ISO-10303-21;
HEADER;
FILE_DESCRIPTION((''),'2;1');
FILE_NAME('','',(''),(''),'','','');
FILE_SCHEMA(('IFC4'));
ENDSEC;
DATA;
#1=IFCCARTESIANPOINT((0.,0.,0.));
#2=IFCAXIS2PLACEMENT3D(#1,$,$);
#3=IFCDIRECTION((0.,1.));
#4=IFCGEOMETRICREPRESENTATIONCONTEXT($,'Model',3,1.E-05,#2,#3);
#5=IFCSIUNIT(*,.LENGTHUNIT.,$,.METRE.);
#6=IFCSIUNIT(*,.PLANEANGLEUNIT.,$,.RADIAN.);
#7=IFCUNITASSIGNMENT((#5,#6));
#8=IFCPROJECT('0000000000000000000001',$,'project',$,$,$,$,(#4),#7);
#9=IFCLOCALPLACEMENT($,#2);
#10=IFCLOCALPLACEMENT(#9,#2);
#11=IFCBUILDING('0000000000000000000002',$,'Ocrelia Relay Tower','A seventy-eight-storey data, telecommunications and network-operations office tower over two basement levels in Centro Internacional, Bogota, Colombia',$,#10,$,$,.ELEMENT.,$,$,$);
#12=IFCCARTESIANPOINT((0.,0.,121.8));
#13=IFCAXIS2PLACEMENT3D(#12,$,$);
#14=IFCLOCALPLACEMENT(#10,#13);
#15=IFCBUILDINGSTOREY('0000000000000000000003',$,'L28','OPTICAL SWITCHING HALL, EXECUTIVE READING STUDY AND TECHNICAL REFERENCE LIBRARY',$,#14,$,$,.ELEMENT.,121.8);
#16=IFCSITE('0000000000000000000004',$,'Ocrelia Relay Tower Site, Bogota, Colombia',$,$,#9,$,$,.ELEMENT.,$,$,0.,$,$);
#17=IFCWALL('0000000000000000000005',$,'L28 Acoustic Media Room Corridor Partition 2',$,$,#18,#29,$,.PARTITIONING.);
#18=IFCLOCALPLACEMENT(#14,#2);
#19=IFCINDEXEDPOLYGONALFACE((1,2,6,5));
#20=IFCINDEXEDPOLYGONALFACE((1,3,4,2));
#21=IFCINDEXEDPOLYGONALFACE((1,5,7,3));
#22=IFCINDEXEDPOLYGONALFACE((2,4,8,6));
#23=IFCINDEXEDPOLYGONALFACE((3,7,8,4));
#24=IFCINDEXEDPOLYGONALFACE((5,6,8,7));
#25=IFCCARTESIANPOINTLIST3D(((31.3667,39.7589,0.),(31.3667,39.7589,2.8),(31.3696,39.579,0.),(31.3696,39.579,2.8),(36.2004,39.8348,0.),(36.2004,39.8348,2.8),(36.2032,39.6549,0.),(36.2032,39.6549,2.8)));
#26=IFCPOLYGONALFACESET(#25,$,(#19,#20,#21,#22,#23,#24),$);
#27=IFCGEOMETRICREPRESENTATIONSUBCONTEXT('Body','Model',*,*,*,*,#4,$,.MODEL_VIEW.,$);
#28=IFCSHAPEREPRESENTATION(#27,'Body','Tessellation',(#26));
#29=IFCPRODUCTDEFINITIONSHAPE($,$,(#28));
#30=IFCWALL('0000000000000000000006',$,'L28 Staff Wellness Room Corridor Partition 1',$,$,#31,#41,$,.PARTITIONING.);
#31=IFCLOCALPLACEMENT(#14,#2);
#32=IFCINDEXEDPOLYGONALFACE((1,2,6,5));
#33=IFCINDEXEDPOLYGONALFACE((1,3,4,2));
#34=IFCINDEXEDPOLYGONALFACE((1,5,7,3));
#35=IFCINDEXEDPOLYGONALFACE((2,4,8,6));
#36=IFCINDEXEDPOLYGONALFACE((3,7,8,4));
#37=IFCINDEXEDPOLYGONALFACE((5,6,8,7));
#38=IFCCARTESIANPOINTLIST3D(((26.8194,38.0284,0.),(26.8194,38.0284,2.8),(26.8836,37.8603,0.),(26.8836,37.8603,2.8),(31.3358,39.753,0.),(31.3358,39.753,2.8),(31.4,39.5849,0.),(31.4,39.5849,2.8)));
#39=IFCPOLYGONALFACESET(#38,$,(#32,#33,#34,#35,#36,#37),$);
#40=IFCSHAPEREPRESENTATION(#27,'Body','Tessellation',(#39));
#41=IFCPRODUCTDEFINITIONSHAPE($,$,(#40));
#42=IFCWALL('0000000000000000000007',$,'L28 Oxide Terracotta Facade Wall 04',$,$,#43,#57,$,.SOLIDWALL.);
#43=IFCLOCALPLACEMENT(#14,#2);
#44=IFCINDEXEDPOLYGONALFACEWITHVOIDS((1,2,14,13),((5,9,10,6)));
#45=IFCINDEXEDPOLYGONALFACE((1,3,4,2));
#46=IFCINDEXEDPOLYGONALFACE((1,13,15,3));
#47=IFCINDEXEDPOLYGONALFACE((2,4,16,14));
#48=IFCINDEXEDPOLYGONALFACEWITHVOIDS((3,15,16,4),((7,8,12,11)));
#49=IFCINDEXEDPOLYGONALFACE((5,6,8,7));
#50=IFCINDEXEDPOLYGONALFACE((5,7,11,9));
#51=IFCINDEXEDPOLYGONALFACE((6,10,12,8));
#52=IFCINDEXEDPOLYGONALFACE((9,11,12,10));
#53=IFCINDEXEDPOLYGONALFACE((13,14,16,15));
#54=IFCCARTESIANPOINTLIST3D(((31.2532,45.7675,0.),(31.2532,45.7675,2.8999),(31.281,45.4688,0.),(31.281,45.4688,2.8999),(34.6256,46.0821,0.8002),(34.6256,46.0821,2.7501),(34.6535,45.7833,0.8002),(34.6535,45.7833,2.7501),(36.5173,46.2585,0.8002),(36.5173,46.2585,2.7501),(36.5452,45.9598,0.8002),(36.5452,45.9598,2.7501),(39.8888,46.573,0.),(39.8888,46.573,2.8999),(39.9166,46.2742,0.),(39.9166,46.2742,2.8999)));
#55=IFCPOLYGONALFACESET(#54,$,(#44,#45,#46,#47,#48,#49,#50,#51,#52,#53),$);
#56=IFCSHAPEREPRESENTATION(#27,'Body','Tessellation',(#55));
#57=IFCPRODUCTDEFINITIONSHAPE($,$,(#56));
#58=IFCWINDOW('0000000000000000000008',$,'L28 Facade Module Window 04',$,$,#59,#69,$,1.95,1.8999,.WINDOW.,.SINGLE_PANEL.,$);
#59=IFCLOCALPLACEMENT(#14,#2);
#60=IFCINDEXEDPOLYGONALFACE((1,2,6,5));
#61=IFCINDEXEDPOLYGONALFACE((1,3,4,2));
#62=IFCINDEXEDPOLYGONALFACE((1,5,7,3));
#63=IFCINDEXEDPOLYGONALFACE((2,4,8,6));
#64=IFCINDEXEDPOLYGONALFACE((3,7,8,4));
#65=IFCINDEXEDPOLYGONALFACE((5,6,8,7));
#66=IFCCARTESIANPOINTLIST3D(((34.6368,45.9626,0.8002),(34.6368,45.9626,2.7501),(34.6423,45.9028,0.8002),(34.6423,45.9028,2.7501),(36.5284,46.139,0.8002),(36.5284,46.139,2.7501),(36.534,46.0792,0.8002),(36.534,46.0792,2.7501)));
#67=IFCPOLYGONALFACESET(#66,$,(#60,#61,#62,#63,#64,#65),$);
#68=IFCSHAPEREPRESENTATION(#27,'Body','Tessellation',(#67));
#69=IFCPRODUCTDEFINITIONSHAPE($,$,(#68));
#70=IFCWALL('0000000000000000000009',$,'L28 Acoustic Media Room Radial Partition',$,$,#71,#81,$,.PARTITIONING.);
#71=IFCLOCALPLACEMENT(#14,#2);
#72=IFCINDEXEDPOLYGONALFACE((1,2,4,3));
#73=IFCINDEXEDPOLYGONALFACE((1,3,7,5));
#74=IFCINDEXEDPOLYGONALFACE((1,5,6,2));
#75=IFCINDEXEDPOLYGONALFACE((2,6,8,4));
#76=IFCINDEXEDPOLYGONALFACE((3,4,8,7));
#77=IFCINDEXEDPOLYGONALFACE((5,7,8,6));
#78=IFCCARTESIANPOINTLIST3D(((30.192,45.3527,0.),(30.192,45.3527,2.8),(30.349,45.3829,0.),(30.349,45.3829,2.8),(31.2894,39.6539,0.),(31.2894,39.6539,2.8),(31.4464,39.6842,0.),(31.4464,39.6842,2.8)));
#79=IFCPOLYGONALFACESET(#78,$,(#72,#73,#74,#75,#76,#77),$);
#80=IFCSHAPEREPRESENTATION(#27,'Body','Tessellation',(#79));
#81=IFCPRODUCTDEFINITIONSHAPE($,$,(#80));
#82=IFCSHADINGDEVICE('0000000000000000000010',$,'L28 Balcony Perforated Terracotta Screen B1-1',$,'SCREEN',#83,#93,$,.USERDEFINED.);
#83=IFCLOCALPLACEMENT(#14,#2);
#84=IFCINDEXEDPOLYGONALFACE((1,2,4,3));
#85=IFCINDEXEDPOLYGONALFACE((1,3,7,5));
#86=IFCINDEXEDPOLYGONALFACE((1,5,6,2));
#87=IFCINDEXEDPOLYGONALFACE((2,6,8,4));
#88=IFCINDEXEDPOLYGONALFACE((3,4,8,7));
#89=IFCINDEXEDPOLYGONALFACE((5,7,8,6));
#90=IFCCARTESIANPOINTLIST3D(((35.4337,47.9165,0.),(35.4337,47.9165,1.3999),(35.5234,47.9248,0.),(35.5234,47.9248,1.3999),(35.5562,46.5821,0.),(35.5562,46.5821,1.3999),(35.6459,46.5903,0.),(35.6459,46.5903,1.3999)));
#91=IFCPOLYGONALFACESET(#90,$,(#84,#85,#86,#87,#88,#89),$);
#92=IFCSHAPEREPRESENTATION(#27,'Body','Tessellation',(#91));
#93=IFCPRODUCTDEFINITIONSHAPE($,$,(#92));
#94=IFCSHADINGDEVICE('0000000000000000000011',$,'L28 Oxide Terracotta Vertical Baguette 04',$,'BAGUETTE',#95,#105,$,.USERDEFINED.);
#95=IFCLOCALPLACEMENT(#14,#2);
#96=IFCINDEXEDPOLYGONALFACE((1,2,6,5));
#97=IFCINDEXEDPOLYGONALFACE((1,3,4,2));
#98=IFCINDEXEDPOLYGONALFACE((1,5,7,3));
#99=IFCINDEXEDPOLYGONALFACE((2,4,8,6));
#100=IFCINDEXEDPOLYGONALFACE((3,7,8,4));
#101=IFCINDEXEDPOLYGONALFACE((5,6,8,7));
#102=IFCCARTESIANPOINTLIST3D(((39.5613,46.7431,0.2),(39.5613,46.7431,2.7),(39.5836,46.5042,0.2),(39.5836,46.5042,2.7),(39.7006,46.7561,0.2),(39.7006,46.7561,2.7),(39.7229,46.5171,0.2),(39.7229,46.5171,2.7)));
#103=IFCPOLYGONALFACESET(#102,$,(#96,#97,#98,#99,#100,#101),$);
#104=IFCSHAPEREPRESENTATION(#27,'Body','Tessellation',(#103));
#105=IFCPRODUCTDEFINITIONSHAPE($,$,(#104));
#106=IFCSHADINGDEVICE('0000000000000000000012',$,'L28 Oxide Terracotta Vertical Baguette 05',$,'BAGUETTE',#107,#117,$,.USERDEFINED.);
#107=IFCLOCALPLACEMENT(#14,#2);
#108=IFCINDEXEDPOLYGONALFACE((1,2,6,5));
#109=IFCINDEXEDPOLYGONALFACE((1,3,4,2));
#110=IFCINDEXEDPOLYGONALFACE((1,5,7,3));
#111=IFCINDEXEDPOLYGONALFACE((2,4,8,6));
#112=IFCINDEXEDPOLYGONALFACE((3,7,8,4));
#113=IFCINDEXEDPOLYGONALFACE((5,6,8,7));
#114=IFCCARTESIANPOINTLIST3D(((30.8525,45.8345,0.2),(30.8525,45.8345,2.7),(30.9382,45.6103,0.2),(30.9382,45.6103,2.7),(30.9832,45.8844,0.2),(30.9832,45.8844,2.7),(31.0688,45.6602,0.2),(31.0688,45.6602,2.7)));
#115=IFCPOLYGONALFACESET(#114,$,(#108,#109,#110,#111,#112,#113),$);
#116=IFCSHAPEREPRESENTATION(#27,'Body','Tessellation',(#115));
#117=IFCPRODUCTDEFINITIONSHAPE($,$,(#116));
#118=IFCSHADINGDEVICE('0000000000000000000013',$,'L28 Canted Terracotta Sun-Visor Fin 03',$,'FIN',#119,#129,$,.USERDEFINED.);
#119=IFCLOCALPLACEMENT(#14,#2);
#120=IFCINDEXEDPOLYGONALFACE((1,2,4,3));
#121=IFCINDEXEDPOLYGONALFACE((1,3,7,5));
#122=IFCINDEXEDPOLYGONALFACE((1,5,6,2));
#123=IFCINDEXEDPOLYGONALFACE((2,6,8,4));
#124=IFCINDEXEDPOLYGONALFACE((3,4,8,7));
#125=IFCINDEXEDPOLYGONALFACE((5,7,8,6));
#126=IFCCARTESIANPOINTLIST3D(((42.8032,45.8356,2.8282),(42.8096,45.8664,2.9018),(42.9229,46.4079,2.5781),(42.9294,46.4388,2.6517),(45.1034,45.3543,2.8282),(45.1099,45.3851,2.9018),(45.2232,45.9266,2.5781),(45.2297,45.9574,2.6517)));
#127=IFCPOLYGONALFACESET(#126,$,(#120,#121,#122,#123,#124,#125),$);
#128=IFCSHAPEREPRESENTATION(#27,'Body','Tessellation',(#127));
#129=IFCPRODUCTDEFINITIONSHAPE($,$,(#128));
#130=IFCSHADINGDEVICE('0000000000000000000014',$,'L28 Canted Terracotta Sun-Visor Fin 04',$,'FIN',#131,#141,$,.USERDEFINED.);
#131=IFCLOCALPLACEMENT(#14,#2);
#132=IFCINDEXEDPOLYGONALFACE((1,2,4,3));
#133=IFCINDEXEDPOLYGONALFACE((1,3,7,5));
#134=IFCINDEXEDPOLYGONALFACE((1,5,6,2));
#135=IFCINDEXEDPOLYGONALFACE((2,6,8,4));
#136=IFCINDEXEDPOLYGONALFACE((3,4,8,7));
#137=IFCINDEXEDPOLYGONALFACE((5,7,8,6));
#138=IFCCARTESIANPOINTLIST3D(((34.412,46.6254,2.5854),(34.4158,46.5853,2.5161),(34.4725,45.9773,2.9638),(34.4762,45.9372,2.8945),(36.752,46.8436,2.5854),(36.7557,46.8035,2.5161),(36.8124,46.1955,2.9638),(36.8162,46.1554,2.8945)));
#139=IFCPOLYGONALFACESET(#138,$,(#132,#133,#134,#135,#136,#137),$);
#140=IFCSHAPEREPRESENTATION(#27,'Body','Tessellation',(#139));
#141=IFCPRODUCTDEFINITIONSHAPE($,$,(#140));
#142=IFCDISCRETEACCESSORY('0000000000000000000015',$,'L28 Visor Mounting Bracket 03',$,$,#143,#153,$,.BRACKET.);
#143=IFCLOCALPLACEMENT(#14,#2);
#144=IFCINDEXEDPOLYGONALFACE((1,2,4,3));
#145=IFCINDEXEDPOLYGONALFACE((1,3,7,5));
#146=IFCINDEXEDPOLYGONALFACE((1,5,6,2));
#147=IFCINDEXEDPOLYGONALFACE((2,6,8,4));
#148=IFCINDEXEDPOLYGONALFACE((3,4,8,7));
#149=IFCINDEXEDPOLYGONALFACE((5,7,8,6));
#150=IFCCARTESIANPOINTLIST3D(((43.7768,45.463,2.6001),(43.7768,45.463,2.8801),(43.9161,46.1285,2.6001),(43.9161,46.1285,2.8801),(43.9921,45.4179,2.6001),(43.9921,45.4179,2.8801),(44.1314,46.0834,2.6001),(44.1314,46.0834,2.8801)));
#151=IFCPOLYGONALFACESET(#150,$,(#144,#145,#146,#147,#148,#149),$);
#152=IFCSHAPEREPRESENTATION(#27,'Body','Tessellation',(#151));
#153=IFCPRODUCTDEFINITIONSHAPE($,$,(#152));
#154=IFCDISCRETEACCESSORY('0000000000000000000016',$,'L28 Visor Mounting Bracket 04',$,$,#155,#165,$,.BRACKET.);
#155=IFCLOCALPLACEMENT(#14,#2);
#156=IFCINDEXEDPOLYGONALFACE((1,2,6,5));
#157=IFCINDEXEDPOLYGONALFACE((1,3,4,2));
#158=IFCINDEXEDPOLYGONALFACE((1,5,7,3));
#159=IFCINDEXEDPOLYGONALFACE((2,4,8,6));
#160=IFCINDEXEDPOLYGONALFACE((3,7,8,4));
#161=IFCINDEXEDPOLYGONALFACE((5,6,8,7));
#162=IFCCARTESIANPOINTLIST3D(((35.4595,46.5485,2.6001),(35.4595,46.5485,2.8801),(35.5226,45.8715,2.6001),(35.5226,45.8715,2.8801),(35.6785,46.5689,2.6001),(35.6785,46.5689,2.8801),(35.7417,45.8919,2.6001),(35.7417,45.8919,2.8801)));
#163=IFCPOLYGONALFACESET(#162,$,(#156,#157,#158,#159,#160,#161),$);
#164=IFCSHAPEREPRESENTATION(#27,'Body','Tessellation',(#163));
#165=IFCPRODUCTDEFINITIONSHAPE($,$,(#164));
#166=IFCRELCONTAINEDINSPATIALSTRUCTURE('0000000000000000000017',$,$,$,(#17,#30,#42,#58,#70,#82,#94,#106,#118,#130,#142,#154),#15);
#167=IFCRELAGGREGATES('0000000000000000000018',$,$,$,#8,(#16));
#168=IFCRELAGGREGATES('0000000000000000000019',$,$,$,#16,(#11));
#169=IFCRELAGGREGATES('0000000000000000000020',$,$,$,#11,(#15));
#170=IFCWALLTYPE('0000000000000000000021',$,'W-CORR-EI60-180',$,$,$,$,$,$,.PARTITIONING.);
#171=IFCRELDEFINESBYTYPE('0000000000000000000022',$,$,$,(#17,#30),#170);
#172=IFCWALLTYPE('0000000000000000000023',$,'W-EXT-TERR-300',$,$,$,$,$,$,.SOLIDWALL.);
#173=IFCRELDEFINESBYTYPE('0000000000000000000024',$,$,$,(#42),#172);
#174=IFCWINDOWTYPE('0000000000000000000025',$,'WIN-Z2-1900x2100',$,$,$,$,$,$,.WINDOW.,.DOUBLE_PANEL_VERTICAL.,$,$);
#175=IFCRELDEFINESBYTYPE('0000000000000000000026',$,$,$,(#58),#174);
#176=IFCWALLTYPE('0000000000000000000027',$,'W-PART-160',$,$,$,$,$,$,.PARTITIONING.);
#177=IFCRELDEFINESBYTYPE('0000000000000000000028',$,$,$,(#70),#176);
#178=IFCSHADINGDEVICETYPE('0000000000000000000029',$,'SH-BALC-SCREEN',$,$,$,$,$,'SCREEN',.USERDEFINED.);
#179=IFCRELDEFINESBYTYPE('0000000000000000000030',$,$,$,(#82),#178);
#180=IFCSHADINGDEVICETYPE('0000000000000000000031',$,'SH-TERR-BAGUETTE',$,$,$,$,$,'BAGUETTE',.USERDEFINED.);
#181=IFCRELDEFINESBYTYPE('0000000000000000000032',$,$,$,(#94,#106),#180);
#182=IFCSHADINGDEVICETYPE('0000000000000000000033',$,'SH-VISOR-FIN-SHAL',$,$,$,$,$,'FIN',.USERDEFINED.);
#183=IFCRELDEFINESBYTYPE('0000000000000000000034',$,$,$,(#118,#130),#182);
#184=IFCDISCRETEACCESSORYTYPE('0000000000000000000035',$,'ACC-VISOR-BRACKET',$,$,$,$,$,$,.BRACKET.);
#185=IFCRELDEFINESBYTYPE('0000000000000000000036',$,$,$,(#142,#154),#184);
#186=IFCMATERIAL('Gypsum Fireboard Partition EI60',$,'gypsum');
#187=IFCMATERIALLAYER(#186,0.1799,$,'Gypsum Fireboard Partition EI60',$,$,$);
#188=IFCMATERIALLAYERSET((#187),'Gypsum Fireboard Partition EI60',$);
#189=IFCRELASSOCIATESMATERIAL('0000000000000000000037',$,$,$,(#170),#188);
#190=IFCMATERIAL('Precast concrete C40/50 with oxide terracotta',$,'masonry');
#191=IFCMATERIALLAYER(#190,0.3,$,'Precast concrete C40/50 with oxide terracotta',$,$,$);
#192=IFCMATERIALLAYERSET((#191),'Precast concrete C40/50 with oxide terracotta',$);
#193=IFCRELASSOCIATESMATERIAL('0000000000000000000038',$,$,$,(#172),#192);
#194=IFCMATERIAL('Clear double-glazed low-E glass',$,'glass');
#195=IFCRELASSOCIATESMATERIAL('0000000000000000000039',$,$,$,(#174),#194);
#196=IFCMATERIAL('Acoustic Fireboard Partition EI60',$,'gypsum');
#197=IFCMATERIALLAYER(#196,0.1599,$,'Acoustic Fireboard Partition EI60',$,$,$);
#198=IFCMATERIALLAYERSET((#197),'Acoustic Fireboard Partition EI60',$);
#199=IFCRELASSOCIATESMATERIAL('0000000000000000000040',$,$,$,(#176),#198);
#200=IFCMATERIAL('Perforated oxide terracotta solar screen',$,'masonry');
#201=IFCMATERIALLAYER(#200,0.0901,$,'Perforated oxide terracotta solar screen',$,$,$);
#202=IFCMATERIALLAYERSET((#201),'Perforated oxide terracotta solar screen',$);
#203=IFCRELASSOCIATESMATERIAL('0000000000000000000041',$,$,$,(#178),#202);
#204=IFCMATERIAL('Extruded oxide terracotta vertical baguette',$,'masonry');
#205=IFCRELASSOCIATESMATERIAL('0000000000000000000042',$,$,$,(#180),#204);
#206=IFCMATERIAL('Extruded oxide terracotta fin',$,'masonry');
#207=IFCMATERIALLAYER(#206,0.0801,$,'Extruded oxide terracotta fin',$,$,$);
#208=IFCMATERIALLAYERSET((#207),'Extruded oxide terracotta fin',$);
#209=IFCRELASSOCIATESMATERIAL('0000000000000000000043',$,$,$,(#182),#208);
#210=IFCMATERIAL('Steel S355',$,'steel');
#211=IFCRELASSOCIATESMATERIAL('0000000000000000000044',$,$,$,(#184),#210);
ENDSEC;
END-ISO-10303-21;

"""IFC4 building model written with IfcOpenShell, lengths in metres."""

from ifc_helpers import new_model, si_unit, direction, frame, frame_2d, origin, origin_2d, place, context, subcontext, project, spatial, rectangle, extrude, material, layer, layer_set, type_object, element, fill, save


model = new_model("IFC4")

# Units and contexts
model_context = context("Model", 3, precision=1e-05, world=origin(), true_north=direction((0.0, 1.0)))
body_context = subcontext(model_context, "Body", "Model", "MODEL_VIEW")
ifc_project = project(units=[si_unit("LENGTHUNIT", "METRE"), si_unit("PLANEANGLEUNIT", "RADIAN")], contexts=[model_context])

# Site, building, storey
site_placement = place(None, origin())
site = spatial("IfcSite", under=ifc_project, at=site_placement, Name="Ocrelia Relay Tower Site, Bogota, Colombia", CompositionType="ELEMENT", RefElevation=0.0)
building_placement = place(site_placement, origin())
building = spatial("IfcBuilding", under=site, at=building_placement, Name="Ocrelia Relay Tower", Description="A seventy-eight-storey data, telecommunications and network-operations office tower over two basement levels in Centro Internacional, Bogota, Colombia", CompositionType="ELEMENT")
storey_placement = place(building_placement, frame((0.0, 0.0, 121.8)))
storey = spatial("IfcBuildingStorey", under=building, at=storey_placement, Name="L28", Description="OPTICAL SWITCHING HALL, EXECUTIVE READING STUDY AND TECHNICAL REFERENCE LIBRARY", CompositionType="ELEMENT", Elevation=121.8)

# Shared definitions
ifc_material_1 = material(Name="Steel S355", Category="steel")

# Walls
ifc_material_2 = material(Name="Gypsum Fireboard Partition EI60", Category="gypsum")
ifc_layer_1 = layer(ifc_material_2, 0.1799, Name="Gypsum Fireboard Partition EI60")
ifc_layer_set_1 = layer_set([ifc_layer_1], Name="Gypsum Fireboard Partition EI60")
wall_type_1 = type_object("IfcWallType", Name="W-CORR-EI60-180", PredefinedType="PARTITIONING", material=ifc_layer_set_1)
wall_1_placement = place(storey_placement, frame((36.2017, 39.7449, 0.0), z_axis=(0.0, 0.0, 1.0), x_axis=(-0.999877, -0.015706, 0.0)))
element("IfcWall", 1, at=wall_1_placement, inside=storey, type_object=wall_type_1, Name="L28 Acoustic Media Room Corridor Partition 2", PredefinedType="PARTITIONING", context=body_context, shape_type="SweptSolid", body=[
    extrude(rectangle(XDim=4.8342, YDim=0.1799, at=frame_2d((2.417, 0.0))), origin(), (0.0, 0.0, 1.0), 2.8),
])
wall_2_placement = place(storey_placement, frame((31.3679, 39.6689, 0.0), z_axis=(0.0, 0.0, 1.0), x_axis=(-0.934206, -0.356734, 0.0)))
element("IfcWall", 2, at=wall_2_placement, inside=storey, type_object=wall_type_1, Name="L28 Staff Wellness Room Corridor Partition 1", PredefinedType="PARTITIONING", context=body_context, shape_type="SweptSolid", body=[
    extrude(rectangle(XDim=4.8345, YDim=0.1799, at=frame_2d((2.4172, 0.0))), origin(), (0.0, 0.0, 1.0), 2.8),
])

# Wall, opening, window
ifc_material_3 = material(Name="Precast concrete C40/50 with oxide terracotta", Category="masonry")
ifc_layer_2 = layer(ifc_material_3, 0.3, Name="Precast concrete C40/50 with oxide terracotta")
ifc_layer_set_2 = layer_set([ifc_layer_2], Name="Precast concrete C40/50 with oxide terracotta")
wall_type_2 = type_object("IfcWallType", Name="W-EXT-TERR-300", PredefinedType="SOLIDWALL", material=ifc_layer_set_2)
wall_3_placement = place(storey_placement, frame((39.9026, 46.4236, 0.0), z_axis=(0.0, 0.0, 1.0), x_axis=(-0.995679, -0.092865, 0.0)))
wall_3 = element("IfcWall", 3, at=wall_3_placement, inside=storey, type_object=wall_type_2, Name="L28 Oxide Terracotta Facade Wall 04", PredefinedType="SOLIDWALL", context=body_context, shape_type="SweptSolid", body=[
    extrude(rectangle(XDim=8.6731, YDim=0.3, at=frame_2d((4.3364, 0.0))), origin(), (0.0, 0.0, 1.0), 2.8999),
])
opening_1_placement = place(wall_3_placement, frame((3.386, 0.0, 0.8)))
opening_1 = element("IfcOpeningElement", 4, at=opening_1_placement, cuts=wall_3, PredefinedType="OPENING", context=body_context, shape_type="SweptSolid", body=[
    extrude(rectangle(XDim=1.8999, YDim=1.95, at=frame_2d((0.95, 0.9751))), frame((0.0, 0.1602, 0.0), z_axis=(0.0, -1.0, 0.0), x_axis=(1.0, 0.0, 0.0)), (0.0, 0.0, 1.0), 0.3201),
])
ifc_material_4 = material(Name="Clear double-glazed low-E glass", Category="glass")
window_type = type_object("IfcWindowType", Name="WIN-Z2-1900x2100", PartitioningType="DOUBLE_PANEL_VERTICAL", PredefinedType="WINDOW", material=ifc_material_4)
window_placement = place(opening_1_placement, origin())
window = element("IfcWindow", 5, at=window_placement, inside=storey, type_object=window_type, Name="L28 Facade Module Window 04", OverallHeight=1.95, OverallWidth=1.8999, PartitioningType="SINGLE_PANEL", PredefinedType="WINDOW", context=body_context, shape_type="SweptSolid", body=[
    extrude(rectangle(XDim=1.8999, YDim=1.95, at=frame_2d((0.95, 0.9751))), frame((0.0, 0.03, 0.0), z_axis=(0.0, -1.0, 0.0), x_axis=(1.0, 0.0, 0.0)), (0.0, 0.0, 1.0), 0.0601),
])
fill(opening_1, window)

# Wall
ifc_material_5 = material(Name="Acoustic Fireboard Partition EI60", Category="gypsum")
ifc_layer_3 = layer(ifc_material_5, 0.1599, Name="Acoustic Fireboard Partition EI60")
ifc_layer_set_3 = layer_set([ifc_layer_3], Name="Acoustic Fireboard Partition EI60")
wall_type_3 = type_object("IfcWallType", Name="W-PART-160", PredefinedType="PARTITIONING", material=ifc_layer_set_3)
wall_4_placement = place(storey_placement, frame((31.3679, 39.6689, 0.0), z_axis=(0.0, 0.0, 1.0), x_axis=(-0.189097, 0.981958, 0.0)))
element("IfcWall", 6, at=wall_4_placement, inside=storey, type_object=wall_type_3, Name="L28 Acoustic Media Room Radial Partition", PredefinedType="PARTITIONING", context=body_context, shape_type="SweptSolid", body=[
    extrude(rectangle(XDim=5.8035, YDim=0.1599, at=frame_2d((2.9019, 0.0))), origin(), (0.0, 0.0, 1.0), 2.8),
])

# Shading devices
ifc_material_6 = material(Name="Perforated oxide terracotta solar screen", Category="masonry")
ifc_layer_4 = layer(ifc_material_6, 0.0901, Name="Perforated oxide terracotta solar screen")
ifc_layer_set_4 = layer_set([ifc_layer_4], Name="Perforated oxide terracotta solar screen")
shading_device_type_1 = type_object("IfcShadingDeviceType", Name="SH-BALC-SCREEN", ElementType="SCREEN", PredefinedType="USERDEFINED", material=ifc_layer_set_4)
shading_device_1_placement = place(storey_placement, frame((35.5398, 47.2534, 0.0), z_axis=(0.0, 0.0, 1.0), x_axis=(-0.091422, 0.995812, 0.0)))
element("IfcShadingDevice", 7, at=shading_device_1_placement, inside=storey, type_object=shading_device_type_1, Name="L28 Balcony Perforated Terracotta Screen B1-1", ObjectType="SCREEN", PredefinedType="USERDEFINED", context=body_context, shape_type="SweptSolid", body=[
    extrude(rectangle(XDim=1.3401, YDim=0.0901, at=origin_2d()), origin(), (0.0, 0.0, 1.0), 1.3999),
])
ifc_material_7 = material(Name="Extruded oxide terracotta vertical baguette", Category="masonry")
shading_device_type_2 = type_object("IfcShadingDeviceType", Name="SH-TERR-BAGUETTE", ElementType="BAGUETTE", PredefinedType="USERDEFINED", material=ifc_material_7)
for number, where, z_axis, x_axis, name in (
    (8, (39.6421, 46.6301, 0.2), (0.0, 0.0, 1.0), (-0.995679, -0.092864, 0.0), "L28 Oxide Terracotta Vertical Baguette 04"),
    (9, (30.9607, 45.7473, 0.2), (0.0, 0.0, 1.0), (-0.934204, -0.35674, 0.0), "L28 Oxide Terracotta Vertical Baguette 05"),
):
    element("IfcShadingDevice", number, at=place(storey_placement, frame(where, z_axis=z_axis, x_axis=x_axis)), inside=storey, type_object=shading_device_type_2, Name=name, ObjectType="BAGUETTE", PredefinedType="USERDEFINED", context=body_context, shape_type="SweptSolid", body=[
        extrude(rectangle(XDim=0.1399, YDim=0.24, at=origin_2d()), origin(), (0.0, 0.0, 1.0), 2.5),
    ])
ifc_material_8 = material(Name="Extruded oxide terracotta fin", Category="masonry")
ifc_layer_5 = layer(ifc_material_8, 0.0801, Name="Extruded oxide terracotta fin")
ifc_layer_set_5 = layer_set([ifc_layer_5], Name="Extruded oxide terracotta fin")
shading_device_type_3 = type_object("IfcShadingDeviceType", Name="SH-VISOR-FIN-SHAL", ElementType="FIN", PredefinedType="USERDEFINED", material=ifc_layer_set_5)
shading_device_2_placement = place(storey_placement, frame((44.0132, 45.8811, 2.7031), z_axis=(0.080549, 0.384963, 0.91941), x_axis=(-0.978803, 0.204803, 0.0)))
element("IfcShadingDevice", 10, at=shading_device_2_placement, inside=storey, type_object=shading_device_type_3, Name="L28 Canted Terracotta Sun-Visor Fin 03", ObjectType="FIN", PredefinedType="USERDEFINED", context=body_context, shape_type="SweptSolid", body=[
    extrude(rectangle(XDim=2.3501, YDim=0.636, at=origin_2d()), origin(), (0.0, 0.0, 1.0), 0.0801),
])
shading_device_3_placement = place(storey_placement, frame((35.616, 46.3704, 2.7053), z_axis=(-0.046671, 0.500396, 0.864538), x_axis=(-0.995679, -0.092864, 0.0)))
element("IfcShadingDevice", 11, at=shading_device_3_placement, inside=storey, type_object=shading_device_type_3, Name="L28 Canted Terracotta Sun-Visor Fin 04", ObjectType="FIN", PredefinedType="USERDEFINED", context=body_context, shape_type="SweptSolid", body=[
    extrude(rectangle(XDim=2.3501, YDim=0.7529, at=origin_2d()), origin(), (0.0, 0.0, 1.0), 0.0801),
])

# Discrete accessories
discrete_accessory_type = type_object("IfcDiscreteAccessoryType", Name="ACC-VISOR-BRACKET", PredefinedType="BRACKET", material=ifc_material_1)
for number, where, z_axis, x_axis, name in (
    (12, (43.9541, 45.7732, 2.6001), (0.0, 0.0, 1.0), (-0.978803, 0.204803, 0.0), "L28 Visor Mounting Bracket 03"),
    (13, (35.6006, 46.2202, 2.6001), (0.0, 0.0, 1.0), (-0.995679, -0.092864, 0.0), "L28 Visor Mounting Bracket 04"),
):
    element("IfcDiscreteAccessory", number, at=place(storey_placement, frame(where, z_axis=z_axis, x_axis=x_axis)), inside=storey, type_object=discrete_accessory_type, Name=name, PredefinedType="BRACKET", context=body_context, shape_type="SweptSolid", body=[
        extrude(rectangle(XDim=0.22, YDim=0.6799, at=origin_2d()), origin(), (0.0, 0.0, 1.0), 0.28),
    ])

save(model, "model.ifc")
